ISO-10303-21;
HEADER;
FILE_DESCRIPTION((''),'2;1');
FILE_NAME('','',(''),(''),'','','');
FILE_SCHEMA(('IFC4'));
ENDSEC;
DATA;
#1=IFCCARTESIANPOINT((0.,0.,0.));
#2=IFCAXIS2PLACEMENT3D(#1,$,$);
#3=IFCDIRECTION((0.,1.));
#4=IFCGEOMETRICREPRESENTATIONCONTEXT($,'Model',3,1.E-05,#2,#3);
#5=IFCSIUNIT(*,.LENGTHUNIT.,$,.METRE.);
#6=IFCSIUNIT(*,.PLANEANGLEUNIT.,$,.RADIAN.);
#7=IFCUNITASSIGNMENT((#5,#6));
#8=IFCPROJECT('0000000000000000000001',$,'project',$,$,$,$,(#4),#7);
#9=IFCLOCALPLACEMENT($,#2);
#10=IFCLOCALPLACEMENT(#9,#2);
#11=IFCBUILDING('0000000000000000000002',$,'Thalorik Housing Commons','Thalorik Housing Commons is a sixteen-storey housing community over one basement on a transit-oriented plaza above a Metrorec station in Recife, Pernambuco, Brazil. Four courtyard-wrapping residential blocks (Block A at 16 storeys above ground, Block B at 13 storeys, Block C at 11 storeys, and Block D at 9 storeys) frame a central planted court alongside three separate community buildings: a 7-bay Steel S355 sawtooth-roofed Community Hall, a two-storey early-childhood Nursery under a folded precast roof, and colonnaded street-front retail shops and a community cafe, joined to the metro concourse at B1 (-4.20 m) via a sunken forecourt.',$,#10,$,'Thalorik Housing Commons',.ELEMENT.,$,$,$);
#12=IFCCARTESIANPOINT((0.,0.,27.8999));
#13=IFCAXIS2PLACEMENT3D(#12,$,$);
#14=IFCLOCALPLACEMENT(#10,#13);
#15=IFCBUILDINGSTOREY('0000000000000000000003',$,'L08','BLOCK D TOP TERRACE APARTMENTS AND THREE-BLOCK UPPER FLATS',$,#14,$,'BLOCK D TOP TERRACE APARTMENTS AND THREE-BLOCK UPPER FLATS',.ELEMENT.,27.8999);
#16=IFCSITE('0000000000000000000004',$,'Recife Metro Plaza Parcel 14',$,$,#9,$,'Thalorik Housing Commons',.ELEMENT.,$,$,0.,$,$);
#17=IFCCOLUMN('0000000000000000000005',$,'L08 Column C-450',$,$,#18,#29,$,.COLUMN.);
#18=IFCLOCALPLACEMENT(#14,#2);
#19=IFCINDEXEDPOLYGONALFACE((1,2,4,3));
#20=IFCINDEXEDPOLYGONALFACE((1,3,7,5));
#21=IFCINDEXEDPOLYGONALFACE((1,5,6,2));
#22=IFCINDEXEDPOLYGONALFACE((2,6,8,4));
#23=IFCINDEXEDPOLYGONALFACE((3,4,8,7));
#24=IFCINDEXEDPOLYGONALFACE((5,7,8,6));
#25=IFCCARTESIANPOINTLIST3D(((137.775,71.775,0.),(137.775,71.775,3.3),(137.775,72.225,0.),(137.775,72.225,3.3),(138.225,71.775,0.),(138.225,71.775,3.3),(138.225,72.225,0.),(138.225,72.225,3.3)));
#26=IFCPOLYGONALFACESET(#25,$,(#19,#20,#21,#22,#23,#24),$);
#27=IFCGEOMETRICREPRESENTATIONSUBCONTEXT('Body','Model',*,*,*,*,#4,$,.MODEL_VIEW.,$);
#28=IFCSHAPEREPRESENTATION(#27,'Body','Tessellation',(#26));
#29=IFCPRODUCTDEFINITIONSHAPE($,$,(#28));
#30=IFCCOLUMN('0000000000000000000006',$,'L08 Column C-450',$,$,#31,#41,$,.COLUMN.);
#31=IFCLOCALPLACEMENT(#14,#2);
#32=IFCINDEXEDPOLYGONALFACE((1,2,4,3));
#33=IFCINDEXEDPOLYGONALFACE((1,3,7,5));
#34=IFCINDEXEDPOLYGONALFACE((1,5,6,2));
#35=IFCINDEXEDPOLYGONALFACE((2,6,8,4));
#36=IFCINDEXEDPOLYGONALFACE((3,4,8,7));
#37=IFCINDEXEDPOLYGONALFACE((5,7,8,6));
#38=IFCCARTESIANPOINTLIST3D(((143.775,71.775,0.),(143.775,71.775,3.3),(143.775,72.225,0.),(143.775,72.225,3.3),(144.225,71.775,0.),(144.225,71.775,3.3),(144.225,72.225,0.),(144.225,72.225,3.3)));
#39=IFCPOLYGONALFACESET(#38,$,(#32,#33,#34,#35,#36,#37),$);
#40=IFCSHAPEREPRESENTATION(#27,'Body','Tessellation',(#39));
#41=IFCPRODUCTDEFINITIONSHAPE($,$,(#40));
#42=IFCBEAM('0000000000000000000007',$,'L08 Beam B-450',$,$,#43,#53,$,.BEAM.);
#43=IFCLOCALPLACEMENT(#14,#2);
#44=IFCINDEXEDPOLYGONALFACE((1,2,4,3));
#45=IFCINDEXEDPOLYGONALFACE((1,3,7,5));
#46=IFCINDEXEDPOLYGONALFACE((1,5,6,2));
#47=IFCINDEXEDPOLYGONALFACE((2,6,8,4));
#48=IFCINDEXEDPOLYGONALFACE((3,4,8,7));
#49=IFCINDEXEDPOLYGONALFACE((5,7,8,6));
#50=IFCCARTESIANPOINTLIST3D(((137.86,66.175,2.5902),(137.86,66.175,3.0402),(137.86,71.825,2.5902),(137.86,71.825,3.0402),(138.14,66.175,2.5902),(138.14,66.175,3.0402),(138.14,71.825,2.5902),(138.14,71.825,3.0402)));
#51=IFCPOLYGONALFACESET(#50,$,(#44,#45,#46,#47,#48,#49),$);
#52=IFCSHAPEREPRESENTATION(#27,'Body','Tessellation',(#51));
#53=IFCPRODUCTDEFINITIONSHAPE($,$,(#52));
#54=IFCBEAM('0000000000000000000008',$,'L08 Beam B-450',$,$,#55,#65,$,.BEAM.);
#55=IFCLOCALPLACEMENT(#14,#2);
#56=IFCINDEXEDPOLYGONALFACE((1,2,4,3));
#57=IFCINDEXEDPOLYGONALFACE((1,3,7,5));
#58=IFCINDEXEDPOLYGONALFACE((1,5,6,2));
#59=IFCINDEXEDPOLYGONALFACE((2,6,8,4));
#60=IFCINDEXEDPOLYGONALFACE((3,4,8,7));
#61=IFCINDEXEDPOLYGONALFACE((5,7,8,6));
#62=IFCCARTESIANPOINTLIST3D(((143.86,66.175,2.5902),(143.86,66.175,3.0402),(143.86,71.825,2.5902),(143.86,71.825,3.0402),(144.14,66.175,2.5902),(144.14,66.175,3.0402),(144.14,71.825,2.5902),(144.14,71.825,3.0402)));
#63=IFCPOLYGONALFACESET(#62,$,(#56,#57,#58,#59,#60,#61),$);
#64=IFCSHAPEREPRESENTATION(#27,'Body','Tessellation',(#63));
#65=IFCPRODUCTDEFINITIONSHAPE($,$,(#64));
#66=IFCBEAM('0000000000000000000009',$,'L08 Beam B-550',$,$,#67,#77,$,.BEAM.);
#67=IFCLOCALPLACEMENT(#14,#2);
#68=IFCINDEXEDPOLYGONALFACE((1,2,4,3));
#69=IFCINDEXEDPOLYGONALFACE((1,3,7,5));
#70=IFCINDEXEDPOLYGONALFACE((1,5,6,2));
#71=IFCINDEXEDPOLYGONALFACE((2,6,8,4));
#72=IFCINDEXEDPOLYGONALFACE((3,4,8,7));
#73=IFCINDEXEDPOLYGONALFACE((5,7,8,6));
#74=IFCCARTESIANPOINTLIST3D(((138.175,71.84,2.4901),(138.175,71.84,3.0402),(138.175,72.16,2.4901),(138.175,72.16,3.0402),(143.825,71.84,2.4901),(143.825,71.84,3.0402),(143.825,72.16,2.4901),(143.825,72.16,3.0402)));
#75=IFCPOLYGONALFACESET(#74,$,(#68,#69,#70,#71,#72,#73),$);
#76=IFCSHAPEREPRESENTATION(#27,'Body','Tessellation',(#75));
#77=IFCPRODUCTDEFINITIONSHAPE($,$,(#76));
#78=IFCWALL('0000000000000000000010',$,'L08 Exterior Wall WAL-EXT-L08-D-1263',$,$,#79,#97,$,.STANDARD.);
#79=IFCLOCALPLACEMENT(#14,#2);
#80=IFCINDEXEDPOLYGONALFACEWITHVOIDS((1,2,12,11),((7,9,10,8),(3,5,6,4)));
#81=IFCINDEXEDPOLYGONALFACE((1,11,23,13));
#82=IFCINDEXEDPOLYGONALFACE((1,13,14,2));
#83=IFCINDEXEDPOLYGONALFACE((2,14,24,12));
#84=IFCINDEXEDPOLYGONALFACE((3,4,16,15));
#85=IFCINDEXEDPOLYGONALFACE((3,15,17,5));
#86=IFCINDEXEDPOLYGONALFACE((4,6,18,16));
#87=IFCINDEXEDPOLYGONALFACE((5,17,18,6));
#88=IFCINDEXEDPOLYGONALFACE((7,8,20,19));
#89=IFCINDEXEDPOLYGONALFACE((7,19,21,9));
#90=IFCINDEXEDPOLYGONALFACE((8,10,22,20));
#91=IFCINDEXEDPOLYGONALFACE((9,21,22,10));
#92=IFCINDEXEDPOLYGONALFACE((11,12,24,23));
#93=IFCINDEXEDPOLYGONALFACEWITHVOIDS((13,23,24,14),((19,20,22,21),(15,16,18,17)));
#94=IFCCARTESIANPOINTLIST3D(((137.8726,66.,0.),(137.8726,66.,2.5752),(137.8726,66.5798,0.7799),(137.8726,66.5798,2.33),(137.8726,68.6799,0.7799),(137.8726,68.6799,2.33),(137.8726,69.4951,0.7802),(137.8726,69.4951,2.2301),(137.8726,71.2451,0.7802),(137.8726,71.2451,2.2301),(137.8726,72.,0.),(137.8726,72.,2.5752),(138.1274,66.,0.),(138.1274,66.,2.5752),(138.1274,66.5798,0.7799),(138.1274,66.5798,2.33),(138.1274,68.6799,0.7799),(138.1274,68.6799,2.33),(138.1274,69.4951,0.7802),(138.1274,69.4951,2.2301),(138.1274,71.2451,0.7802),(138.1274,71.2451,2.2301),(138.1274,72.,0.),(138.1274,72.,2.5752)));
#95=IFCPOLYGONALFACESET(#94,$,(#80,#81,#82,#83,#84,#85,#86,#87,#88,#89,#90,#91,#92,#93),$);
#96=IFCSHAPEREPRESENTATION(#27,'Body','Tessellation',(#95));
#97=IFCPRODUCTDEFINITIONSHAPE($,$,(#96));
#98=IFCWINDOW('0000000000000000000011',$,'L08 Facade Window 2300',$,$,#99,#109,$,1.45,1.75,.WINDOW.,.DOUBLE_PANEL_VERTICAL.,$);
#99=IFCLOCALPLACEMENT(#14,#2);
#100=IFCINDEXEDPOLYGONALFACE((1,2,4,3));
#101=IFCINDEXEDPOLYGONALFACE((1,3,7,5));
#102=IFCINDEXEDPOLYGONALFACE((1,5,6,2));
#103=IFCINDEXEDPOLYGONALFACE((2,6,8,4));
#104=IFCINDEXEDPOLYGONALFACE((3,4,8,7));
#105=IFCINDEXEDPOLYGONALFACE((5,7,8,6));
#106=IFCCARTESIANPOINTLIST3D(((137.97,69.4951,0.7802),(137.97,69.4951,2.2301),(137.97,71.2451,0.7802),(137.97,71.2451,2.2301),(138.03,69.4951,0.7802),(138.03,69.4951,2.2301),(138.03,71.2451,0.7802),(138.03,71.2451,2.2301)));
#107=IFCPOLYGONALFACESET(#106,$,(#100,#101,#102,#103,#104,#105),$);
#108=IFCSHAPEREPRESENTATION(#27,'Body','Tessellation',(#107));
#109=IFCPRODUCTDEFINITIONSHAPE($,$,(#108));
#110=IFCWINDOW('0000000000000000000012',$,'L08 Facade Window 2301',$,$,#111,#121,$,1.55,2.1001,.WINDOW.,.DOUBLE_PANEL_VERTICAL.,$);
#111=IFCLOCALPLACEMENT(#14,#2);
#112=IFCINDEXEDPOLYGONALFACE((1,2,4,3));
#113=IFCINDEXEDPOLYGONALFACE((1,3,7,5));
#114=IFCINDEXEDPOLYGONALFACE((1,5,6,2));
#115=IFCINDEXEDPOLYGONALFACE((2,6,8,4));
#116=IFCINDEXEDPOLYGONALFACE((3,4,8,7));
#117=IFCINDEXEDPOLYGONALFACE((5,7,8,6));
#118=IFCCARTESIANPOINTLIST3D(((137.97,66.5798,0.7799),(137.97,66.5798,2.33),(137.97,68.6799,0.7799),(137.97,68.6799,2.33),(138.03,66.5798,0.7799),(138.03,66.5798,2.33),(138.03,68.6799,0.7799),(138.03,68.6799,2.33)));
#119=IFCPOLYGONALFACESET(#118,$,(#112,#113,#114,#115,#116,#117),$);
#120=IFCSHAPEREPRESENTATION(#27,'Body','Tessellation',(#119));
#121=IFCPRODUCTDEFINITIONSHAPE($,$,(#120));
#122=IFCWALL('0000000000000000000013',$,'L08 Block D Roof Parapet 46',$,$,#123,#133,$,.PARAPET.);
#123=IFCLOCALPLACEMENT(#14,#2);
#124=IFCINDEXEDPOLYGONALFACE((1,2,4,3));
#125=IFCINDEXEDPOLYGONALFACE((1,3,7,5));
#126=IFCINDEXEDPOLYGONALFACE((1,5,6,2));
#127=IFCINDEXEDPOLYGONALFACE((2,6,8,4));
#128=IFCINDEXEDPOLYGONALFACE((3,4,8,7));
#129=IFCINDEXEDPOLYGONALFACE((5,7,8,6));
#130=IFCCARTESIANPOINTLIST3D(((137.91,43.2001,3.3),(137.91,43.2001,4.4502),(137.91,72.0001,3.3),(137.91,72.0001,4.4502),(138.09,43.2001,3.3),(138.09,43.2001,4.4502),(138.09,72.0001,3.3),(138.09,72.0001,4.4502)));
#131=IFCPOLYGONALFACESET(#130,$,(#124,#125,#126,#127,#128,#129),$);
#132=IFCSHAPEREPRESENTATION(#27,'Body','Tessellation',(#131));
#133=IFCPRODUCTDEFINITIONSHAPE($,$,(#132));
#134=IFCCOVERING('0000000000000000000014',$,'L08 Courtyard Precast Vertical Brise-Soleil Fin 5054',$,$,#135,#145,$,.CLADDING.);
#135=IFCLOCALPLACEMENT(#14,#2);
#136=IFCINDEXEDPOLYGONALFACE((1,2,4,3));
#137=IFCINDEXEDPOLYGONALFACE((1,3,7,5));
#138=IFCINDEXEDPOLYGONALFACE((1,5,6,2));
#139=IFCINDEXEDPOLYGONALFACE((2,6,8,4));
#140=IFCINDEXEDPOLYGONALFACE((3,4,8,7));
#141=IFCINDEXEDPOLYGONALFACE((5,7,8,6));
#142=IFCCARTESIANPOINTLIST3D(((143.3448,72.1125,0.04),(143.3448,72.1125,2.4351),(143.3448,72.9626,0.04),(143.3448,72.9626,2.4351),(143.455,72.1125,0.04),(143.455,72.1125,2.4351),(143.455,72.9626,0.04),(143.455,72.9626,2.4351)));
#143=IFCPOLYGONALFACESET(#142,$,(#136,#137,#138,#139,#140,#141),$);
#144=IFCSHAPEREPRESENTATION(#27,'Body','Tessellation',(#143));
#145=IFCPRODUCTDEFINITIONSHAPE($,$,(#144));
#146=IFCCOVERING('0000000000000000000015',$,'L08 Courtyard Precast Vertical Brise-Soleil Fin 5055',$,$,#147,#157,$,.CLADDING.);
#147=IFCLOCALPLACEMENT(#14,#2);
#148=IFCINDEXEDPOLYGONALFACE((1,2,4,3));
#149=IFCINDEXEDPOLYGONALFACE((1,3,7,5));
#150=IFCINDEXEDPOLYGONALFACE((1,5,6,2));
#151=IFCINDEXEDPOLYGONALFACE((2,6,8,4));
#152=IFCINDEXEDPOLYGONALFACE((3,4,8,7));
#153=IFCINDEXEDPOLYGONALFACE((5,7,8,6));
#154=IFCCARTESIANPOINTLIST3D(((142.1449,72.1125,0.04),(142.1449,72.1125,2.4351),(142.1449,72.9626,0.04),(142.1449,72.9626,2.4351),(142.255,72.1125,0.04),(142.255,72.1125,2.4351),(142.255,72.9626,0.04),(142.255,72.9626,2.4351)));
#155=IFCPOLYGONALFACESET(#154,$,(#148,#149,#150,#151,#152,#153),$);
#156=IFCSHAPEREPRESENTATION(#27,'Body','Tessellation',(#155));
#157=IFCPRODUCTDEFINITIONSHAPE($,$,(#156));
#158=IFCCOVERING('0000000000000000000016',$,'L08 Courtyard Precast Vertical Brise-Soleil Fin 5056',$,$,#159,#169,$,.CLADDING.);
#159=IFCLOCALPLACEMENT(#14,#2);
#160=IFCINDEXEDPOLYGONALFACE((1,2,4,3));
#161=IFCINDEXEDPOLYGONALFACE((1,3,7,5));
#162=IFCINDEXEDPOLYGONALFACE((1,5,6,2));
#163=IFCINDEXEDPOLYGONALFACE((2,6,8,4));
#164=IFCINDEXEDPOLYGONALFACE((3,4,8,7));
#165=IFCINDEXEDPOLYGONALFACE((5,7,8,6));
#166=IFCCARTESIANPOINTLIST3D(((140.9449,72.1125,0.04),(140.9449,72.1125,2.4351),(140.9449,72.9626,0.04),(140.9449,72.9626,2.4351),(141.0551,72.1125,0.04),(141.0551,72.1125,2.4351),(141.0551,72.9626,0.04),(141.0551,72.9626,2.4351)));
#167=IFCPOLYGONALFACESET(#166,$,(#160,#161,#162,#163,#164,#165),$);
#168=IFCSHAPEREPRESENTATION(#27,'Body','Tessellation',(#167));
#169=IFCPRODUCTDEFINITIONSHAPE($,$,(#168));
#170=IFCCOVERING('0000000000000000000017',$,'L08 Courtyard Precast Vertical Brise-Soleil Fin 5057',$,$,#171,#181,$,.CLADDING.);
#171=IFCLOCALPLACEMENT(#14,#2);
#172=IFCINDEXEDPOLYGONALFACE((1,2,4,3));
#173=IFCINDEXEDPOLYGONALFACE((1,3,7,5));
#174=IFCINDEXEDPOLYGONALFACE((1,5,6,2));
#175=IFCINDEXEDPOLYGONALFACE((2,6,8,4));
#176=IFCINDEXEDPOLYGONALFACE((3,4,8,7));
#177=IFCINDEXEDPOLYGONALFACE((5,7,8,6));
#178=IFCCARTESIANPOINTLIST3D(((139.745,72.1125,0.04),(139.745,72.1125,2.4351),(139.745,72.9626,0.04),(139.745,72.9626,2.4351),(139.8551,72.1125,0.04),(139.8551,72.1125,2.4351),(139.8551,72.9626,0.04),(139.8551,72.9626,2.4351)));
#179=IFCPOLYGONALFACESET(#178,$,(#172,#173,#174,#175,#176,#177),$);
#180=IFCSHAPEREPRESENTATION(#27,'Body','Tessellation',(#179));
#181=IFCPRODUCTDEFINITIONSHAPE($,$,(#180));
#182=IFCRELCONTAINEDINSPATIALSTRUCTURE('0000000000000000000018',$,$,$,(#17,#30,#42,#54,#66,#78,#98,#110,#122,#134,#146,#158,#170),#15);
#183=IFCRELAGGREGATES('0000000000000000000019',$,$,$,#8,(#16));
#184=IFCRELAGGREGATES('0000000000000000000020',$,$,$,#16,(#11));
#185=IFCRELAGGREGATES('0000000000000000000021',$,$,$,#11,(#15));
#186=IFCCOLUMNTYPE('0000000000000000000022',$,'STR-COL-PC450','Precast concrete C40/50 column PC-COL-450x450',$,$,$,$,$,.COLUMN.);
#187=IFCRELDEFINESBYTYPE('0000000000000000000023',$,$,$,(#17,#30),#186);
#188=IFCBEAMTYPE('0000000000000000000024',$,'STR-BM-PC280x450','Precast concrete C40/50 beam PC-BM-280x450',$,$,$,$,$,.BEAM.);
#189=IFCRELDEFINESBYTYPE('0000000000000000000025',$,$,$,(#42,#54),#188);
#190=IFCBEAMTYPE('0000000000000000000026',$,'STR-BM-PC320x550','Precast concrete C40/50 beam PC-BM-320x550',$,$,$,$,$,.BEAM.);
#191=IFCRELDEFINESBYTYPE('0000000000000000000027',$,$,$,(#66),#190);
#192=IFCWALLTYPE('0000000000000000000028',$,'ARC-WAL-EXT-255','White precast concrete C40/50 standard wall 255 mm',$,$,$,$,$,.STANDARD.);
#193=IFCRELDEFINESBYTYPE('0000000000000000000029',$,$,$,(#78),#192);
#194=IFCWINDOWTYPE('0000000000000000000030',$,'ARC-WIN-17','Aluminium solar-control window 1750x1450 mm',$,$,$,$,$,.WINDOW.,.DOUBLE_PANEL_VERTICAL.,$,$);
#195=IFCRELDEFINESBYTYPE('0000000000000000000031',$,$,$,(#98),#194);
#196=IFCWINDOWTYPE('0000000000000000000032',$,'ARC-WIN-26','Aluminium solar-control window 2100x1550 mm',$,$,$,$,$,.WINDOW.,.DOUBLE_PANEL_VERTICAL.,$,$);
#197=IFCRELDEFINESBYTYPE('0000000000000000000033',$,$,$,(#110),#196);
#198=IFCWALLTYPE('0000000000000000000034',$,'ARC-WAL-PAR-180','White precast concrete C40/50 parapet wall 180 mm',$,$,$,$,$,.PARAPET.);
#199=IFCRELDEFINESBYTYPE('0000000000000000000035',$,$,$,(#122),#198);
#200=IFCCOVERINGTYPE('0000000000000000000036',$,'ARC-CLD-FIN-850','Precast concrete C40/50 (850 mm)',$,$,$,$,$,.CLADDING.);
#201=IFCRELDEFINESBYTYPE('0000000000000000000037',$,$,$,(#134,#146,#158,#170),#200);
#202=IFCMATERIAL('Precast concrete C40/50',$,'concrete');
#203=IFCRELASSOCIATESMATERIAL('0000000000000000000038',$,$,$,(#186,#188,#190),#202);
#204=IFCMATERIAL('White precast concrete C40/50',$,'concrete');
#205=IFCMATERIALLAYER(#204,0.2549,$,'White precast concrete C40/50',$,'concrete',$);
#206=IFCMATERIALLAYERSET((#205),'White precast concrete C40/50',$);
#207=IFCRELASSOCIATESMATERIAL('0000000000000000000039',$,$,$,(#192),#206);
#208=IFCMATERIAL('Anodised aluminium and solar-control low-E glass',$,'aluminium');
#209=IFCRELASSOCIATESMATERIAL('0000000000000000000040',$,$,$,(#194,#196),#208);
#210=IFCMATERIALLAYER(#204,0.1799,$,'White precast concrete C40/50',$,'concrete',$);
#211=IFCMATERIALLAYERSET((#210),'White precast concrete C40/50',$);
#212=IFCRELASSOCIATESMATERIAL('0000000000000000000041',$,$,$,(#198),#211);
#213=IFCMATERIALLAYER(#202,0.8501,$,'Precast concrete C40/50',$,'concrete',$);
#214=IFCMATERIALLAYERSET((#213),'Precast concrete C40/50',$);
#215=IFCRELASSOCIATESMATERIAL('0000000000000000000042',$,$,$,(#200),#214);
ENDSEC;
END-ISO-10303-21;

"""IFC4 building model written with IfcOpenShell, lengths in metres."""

from ifc_helpers import new_model, si_unit, direction, frame, frame_2d, origin, origin_2d, place, context, subcontext, project, spatial, rectangle, extrude, material, layer, layer_set, material_profile, profile_set, type_object, element, fill, save


model = new_model("IFC4")

# Units and contexts
model_context = context("Model", 3, precision=1e-05, world=origin(), true_north=direction((0.0, 1.0)))
body_context = subcontext(model_context, "Body", "Model", "MODEL_VIEW")
ifc_project = project(units=[si_unit("LENGTHUNIT", "METRE"), si_unit("PLANEANGLEUNIT", "RADIAN")], contexts=[model_context])

# Site, building, storey
site_placement = place(None, origin())
site = spatial("IfcSite", under=ifc_project, at=site_placement, Name="Recife Metro Plaza Parcel 14", LongName="Thalorik Housing Commons", CompositionType="ELEMENT", RefElevation=0.0)
building_placement = place(site_placement, origin())
building = spatial("IfcBuilding", under=site, at=building_placement, Name="Thalorik Housing Commons", Description="Thalorik Housing Commons is a sixteen-storey housing community over one basement on a transit-oriented plaza above a Metrorec station in Recife, Pernambuco, Brazil. Four courtyard-wrapping residential blocks (Block A at 16 storeys above ground, Block B at 13 storeys, Block C at 11 storeys, and Block D at 9 storeys) frame a central planted court alongside three separate community buildings: a 7-bay Steel S355 sawtooth-roofed Community Hall, a two-storey early-childhood Nursery under a folded precast roof, and colonnaded street-front retail shops and a community cafe, joined to the metro concourse at B1 (-4.20 m) via a sunken forecourt.", LongName="Thalorik Housing Commons", CompositionType="ELEMENT")
storey_placement = place(building_placement, frame((0.0, 0.0, 27.8999)))
storey = spatial("IfcBuildingStorey", under=building, at=storey_placement, Name="L08", Description="BLOCK D TOP TERRACE APARTMENTS AND THREE-BLOCK UPPER FLATS", LongName="BLOCK D TOP TERRACE APARTMENTS AND THREE-BLOCK UPPER FLATS", CompositionType="ELEMENT", Elevation=27.8999)

# Columns
ifc_material_1 = material(Name="Precast concrete C40/50", Category="concrete")
ifc_material_profile_1 = material_profile(ifc_material_1, rectangle(XDim=0.45, YDim=0.45, at=origin_2d()), Name="PC 450x450", Category="concrete")
ifc_profile_set_1 = profile_set([ifc_material_profile_1], Name="Precast concrete C40/50")
column_type = type_object("IfcColumnType", Name="STR-COL-PC450", Description="Precast concrete C40/50 column PC-COL-450x450", PredefinedType="COLUMN", material=ifc_profile_set_1)
for number, where, z_axis, x_axis, name in (
    (1, (138.0, 72.0, 0.0), (0.0, 0.0, 1.0), (1.0, 0.0, 0.0), "L08 Column C-450"),
    (2, (144.0, 72.0, 0.0), (0.0, 0.0, 1.0), (1.0, 0.0, 0.0), "L08 Column C-450"),
):
    element("IfcColumn", number, at=place(storey_placement, frame(where, z_axis=z_axis, x_axis=x_axis)), inside=storey, type_object=column_type, Name=name, PredefinedType="COLUMN", context=body_context, shape_type="SweptSolid", body=[
        extrude(rectangle(XDim=0.45, YDim=0.45, at=origin_2d()), origin(), (0.0, 0.0, 1.0), 3.3),
    ])

# Beams
ifc_material_profile_2 = material_profile(ifc_material_1, rectangle(XDim=0.28, YDim=0.45, at=origin_2d()), Name="PC 280x450", Category="concrete")
ifc_profile_set_2 = profile_set([ifc_material_profile_2], Name="Precast concrete C40/50")
beam_type_1 = type_object("IfcBeamType", Name="STR-BM-PC280x450", Description="Precast concrete C40/50 beam PC-BM-280x450", PredefinedType="BEAM", material=ifc_profile_set_2)
for number, where, z_axis, x_axis, name in (
    (3, (138.0, 66.175, 2.8152), (0.0, 1.0, 0.0), (-1.0, 0.0, 0.0), "L08 Beam B-450"),
    (4, (144.0, 66.175, 2.8152), (0.0, 1.0, 0.0), (-1.0, 0.0, 0.0), "L08 Beam B-450"),
):
    element("IfcBeam", number, at=place(storey_placement, frame(where, z_axis=z_axis, x_axis=x_axis)), inside=storey, type_object=beam_type_1, Name=name, PredefinedType="BEAM", context=body_context, shape_type="SweptSolid", body=[
        extrude(rectangle(XDim=0.28, YDim=0.45, at=origin_2d()), origin(), (0.0, 0.0, 1.0), 5.6499),
    ])
ifc_material_profile_3 = material_profile(ifc_material_1, rectangle(XDim=0.3201, YDim=0.55, at=origin_2d()), Name="PC 320x550", Category="concrete")
ifc_profile_set_3 = profile_set([ifc_material_profile_3], Name="Precast concrete C40/50")
beam_type_2 = type_object("IfcBeamType", Name="STR-BM-PC320x550", Description="Precast concrete C40/50 beam PC-BM-320x550", PredefinedType="BEAM", material=ifc_profile_set_3)
beam_placement = place(storey_placement, frame((138.175, 72.0, 2.7651), z_axis=(1.0, 0.0, 0.0), x_axis=(0.0, 1.0, 0.0)))
element("IfcBeam", 5, at=beam_placement, inside=storey, type_object=beam_type_2, Name="L08 Beam B-550", PredefinedType="BEAM", context=body_context, shape_type="SweptSolid", body=[
    extrude(rectangle(XDim=0.3201, YDim=0.55, at=origin_2d()), origin(), (0.0, 0.0, 1.0), 5.6499),
])

# Wall, openings, windows
ifc_material_2 = material(Name="White precast concrete C40/50", Category="concrete")
ifc_layer_1 = layer(ifc_material_2, 0.2549, Name="White precast concrete C40/50", Category="concrete")
ifc_layer_set_1 = layer_set([ifc_layer_1], Name="White precast concrete C40/50")
wall_type_1 = type_object("IfcWallType", Name="ARC-WAL-EXT-255", Description="White precast concrete C40/50 standard wall 255 mm", PredefinedType="STANDARD", material=ifc_layer_set_1)
wall_1_placement = place(storey_placement, frame((138.0, 72.0, 0.0), z_axis=(0.0, 0.0, 1.0), x_axis=(0.0, -1.0, 0.0)))
wall_1 = element("IfcWall", 6, at=wall_1_placement, inside=storey, type_object=wall_type_1, Name="L08 Exterior Wall WAL-EXT-L08-D-1263", PredefinedType="STANDARD", context=body_context, shape_type="SweptSolid", body=[
    extrude(rectangle(XDim=6.0, YDim=0.2549, at=frame_2d((3.0, 0.0))), origin(), (0.0, 0.0, 1.0), 2.5752),
])
opening_1_placement = place(wall_1_placement, frame((0.7549, 0.0, 0.78)))
opening_1 = element("IfcOpeningElement", 7, at=opening_1_placement, cuts=wall_1, PredefinedType="OPENING", context=body_context, shape_type="SweptSolid", body=[
    extrude(rectangle(XDim=1.75, YDim=1.45, at=frame_2d((0.875, 0.7251))), frame((0.0, 0.1375, 0.0), z_axis=(0.0, -1.0, 0.0), x_axis=(1.0, 0.0, 0.0)), (0.0, 0.0, 1.0), 0.2749),
])
opening_2_placement = place(wall_1_placement, frame((3.3201, 0.0, 0.78)))
opening_2 = element("IfcOpeningElement", 8, at=opening_2_placement, cuts=wall_1, PredefinedType="OPENING", context=body_context, shape_type="SweptSolid", body=[
    extrude(rectangle(XDim=2.1001, YDim=1.55, at=frame_2d((1.05, 0.7749))), frame((0.0, 0.1375, 0.0), z_axis=(0.0, -1.0, 0.0), x_axis=(1.0, 0.0, 0.0)), (0.0, 0.0, 1.0), 0.2749),
])
ifc_material_3 = material(Name="Anodised aluminium and solar-control low-E glass", Category="aluminium")
window_type_1 = type_object("IfcWindowType", Name="ARC-WIN-17", Description="Aluminium solar-control window 1750x1450 mm", PartitioningType="DOUBLE_PANEL_VERTICAL", PredefinedType="WINDOW", material=ifc_material_3)
window_1_placement = place(opening_1_placement, origin())
window_1 = element("IfcWindow", 9, at=window_1_placement, inside=storey, type_object=window_type_1, Name="L08 Facade Window 2300", OverallHeight=1.45, OverallWidth=1.75, PartitioningType="DOUBLE_PANEL_VERTICAL", PredefinedType="WINDOW", context=body_context, shape_type="SweptSolid", body=[
    extrude(rectangle(XDim=1.75, YDim=1.45, at=frame_2d((0.875, 0.7251))), frame((0.0, 0.03, 0.0), z_axis=(0.0, -1.0, 0.0), x_axis=(1.0, 0.0, 0.0)), (0.0, 0.0, 1.0), 0.0601),
])
fill(opening_1, window_1)
window_type_2 = type_object("IfcWindowType", Name="ARC-WIN-26", Description="Aluminium solar-control window 2100x1550 mm", PartitioningType="DOUBLE_PANEL_VERTICAL", PredefinedType="WINDOW", material=ifc_material_3)
window_2_placement = place(opening_2_placement, origin())
window_2 = element("IfcWindow", 10, at=window_2_placement, inside=storey, type_object=window_type_2, Name="L08 Facade Window 2301", OverallHeight=1.55, OverallWidth=2.1001, PartitioningType="DOUBLE_PANEL_VERTICAL", PredefinedType="WINDOW", context=body_context, shape_type="SweptSolid", body=[
    extrude(rectangle(XDim=2.1001, YDim=1.55, at=frame_2d((1.05, 0.7749))), frame((0.0, 0.03, 0.0), z_axis=(0.0, -1.0, 0.0), x_axis=(1.0, 0.0, 0.0)), (0.0, 0.0, 1.0), 0.0601),
])
fill(opening_2, window_2)

# Wall
ifc_layer_2 = layer(ifc_material_2, 0.1799, Name="White precast concrete C40/50", Category="concrete")
ifc_layer_set_2 = layer_set([ifc_layer_2], Name="White precast concrete C40/50")
wall_type_2 = type_object("IfcWallType", Name="ARC-WAL-PAR-180", Description="White precast concrete C40/50 parapet wall 180 mm", PredefinedType="PARAPET", material=ifc_layer_set_2)
wall_2_placement = place(storey_placement, frame((138.0, 72.0, 3.3), z_axis=(0.0, 0.0, 1.0), x_axis=(0.0, -1.0, 0.0)))
element("IfcWall", 11, at=wall_2_placement, inside=storey, type_object=wall_type_2, Name="L08 Block D Roof Parapet 46", PredefinedType="PARAPET", context=body_context, shape_type="SweptSolid", body=[
    extrude(rectangle(XDim=28.8, YDim=0.1799, at=frame_2d((14.3999, 0.0))), origin(), (0.0, 0.0, 1.0), 1.1501),
])

# Coverings
ifc_layer_3 = layer(ifc_material_1, 0.8501, Name="Precast concrete C40/50", Category="concrete")
ifc_layer_set_3 = layer_set([ifc_layer_3], Name="Precast concrete C40/50")
covering_type_1 = type_object("IfcCoveringType", Name="ARC-CLD-FIN-850", Description="Precast concrete C40/50 (850 mm)", PredefinedType="CLADDING", material=ifc_layer_set_3)
for number, where, z_axis, x_axis, name in (
    (12, (143.3999, 72.5376, 0.04), (0.0, 0.0, 1.0), (-1.0, 0.0, 0.0), "L08 Courtyard Precast Vertical Brise-Soleil Fin 5054"),
    (13, (142.2, 72.5376, 0.04), (0.0, 0.0, 1.0), (-1.0, 0.0, 0.0), "L08 Courtyard Precast Vertical Brise-Soleil Fin 5055"),
    (14, (141.0, 72.5376, 0.04), (0.0, 0.0, 1.0), (-1.0, 0.0, 0.0), "L08 Courtyard Precast Vertical Brise-Soleil Fin 5056"),
    (15, (139.8, 72.5376, 0.04), (0.0, 0.0, 1.0), (-1.0, 0.0, 0.0), "L08 Courtyard Precast Vertical Brise-Soleil Fin 5057"),
):
    element("IfcCovering", number, at=place(storey_placement, frame(where, z_axis=z_axis, x_axis=x_axis)), inside=storey, type_object=covering_type_1, Name=name, PredefinedType="CLADDING", context=body_context, shape_type="SweptSolid", body=[
        extrude(rectangle(XDim=0.1101, YDim=0.8501, at=origin_2d()), origin(), (0.0, 0.0, 1.0), 2.395),
    ])

save(model, "model.ifc")
